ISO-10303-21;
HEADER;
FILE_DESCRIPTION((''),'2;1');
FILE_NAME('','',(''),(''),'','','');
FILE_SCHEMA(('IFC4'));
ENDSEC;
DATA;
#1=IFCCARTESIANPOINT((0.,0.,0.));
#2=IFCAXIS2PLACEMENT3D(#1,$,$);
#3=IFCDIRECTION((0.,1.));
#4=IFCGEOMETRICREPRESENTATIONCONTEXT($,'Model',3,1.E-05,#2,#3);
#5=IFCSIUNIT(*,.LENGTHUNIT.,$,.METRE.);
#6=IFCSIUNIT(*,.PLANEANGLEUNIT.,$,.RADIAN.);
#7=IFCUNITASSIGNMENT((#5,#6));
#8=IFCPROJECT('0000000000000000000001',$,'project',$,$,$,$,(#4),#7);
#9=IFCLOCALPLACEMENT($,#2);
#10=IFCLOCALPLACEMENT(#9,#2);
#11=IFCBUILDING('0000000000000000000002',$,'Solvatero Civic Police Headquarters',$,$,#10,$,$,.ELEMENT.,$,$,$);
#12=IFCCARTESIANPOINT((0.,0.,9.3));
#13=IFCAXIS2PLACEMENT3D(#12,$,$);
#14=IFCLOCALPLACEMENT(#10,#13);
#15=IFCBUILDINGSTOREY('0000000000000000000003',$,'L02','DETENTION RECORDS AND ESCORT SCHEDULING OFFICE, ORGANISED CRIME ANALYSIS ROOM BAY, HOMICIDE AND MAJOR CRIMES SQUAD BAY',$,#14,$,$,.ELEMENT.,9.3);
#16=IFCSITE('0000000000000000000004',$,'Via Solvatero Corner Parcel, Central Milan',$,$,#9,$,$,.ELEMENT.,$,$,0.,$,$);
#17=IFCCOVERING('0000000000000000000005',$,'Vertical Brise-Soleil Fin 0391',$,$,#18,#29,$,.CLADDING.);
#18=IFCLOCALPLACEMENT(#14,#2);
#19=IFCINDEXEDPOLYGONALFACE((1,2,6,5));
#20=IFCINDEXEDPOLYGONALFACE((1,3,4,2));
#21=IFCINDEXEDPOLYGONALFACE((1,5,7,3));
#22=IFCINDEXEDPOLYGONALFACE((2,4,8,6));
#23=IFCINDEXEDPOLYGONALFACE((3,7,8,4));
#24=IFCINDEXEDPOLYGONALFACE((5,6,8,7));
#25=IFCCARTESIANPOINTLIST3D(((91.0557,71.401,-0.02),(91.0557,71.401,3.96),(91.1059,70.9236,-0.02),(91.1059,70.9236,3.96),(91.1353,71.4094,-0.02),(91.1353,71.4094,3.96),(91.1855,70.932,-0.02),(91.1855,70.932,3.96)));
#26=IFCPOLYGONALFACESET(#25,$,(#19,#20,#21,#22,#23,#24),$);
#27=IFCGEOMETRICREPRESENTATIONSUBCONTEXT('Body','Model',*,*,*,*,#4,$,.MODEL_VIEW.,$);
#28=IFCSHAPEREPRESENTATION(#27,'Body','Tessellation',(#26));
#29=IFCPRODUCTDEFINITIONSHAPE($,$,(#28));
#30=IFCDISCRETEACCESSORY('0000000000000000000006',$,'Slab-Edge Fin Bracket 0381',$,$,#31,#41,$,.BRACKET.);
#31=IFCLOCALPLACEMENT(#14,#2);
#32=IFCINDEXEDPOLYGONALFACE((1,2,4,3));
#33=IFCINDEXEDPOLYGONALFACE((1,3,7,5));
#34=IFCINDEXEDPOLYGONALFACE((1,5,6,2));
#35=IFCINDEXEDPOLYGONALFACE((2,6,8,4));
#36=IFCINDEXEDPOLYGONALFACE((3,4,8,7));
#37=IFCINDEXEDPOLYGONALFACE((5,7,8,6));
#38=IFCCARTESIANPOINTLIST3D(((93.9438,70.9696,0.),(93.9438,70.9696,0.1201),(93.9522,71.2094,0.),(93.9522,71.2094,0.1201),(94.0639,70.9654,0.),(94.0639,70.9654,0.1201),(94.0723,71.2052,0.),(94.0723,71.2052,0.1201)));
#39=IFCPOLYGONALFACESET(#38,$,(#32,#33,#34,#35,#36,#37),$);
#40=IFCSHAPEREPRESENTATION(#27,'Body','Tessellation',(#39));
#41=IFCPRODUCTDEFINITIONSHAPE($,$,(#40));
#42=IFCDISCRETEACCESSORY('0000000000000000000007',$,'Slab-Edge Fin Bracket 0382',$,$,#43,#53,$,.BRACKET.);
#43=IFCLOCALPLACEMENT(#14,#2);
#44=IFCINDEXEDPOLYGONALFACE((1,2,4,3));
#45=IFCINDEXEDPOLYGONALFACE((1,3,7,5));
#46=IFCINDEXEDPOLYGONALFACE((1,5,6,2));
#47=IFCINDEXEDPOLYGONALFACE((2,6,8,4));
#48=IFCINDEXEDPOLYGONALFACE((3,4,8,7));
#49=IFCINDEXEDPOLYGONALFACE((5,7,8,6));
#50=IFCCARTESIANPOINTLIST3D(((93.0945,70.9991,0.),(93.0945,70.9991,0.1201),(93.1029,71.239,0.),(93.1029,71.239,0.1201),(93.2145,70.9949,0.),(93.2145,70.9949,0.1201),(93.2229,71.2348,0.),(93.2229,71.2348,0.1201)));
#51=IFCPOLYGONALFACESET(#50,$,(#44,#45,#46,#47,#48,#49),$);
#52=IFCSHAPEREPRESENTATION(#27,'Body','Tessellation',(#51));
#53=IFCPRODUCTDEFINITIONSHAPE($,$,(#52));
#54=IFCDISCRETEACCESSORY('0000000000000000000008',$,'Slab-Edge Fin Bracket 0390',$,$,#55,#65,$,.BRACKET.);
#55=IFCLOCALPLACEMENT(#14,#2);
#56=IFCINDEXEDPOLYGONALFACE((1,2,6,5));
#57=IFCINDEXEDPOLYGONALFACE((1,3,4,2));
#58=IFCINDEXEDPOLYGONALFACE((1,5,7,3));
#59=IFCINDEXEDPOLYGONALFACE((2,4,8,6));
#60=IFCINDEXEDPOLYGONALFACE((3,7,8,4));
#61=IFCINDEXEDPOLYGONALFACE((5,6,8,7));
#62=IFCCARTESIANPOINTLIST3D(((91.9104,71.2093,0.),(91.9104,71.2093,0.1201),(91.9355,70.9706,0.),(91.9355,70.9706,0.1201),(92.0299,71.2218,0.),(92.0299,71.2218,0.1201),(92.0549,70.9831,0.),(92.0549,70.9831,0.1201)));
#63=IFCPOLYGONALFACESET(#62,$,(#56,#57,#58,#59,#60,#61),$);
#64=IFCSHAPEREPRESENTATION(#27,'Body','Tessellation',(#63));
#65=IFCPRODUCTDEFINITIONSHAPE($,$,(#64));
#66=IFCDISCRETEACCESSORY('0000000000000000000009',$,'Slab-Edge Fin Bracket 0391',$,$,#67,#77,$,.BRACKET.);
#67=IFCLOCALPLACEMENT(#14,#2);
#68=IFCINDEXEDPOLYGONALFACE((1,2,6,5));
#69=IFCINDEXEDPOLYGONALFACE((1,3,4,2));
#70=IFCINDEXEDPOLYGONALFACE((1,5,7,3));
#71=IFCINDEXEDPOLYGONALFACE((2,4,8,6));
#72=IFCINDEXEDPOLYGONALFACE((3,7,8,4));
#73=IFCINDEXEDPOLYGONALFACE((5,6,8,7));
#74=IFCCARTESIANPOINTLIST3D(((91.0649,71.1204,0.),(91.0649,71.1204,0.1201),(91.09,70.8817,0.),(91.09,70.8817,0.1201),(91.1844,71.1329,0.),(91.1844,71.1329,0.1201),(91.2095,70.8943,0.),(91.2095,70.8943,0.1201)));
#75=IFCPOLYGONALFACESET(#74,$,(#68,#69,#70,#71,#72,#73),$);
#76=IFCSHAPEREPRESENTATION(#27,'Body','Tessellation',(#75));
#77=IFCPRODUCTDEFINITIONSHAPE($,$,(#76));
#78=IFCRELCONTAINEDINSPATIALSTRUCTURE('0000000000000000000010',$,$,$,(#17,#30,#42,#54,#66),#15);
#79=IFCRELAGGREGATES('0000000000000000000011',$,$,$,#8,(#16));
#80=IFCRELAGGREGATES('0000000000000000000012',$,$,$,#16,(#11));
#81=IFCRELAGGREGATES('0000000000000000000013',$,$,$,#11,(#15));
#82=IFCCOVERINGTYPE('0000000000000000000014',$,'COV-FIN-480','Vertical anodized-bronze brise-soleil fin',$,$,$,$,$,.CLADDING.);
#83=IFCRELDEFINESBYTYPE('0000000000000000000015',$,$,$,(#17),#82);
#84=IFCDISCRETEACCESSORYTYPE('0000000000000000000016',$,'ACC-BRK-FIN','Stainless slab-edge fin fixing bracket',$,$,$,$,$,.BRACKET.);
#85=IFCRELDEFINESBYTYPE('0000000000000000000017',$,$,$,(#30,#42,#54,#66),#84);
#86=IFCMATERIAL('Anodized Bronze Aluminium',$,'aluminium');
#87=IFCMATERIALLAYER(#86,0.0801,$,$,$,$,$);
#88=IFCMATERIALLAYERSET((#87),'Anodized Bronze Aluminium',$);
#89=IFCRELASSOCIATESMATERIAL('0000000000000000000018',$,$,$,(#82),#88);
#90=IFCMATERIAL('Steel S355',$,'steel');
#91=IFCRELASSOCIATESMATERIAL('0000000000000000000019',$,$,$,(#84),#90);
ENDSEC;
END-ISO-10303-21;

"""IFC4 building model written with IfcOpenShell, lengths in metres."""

from ifc_helpers import new_model, si_unit, direction, frame, origin, origin_2d, place, context, subcontext, project, spatial, rectangle, extrude, material, layer, layer_set, type_object, element, save


model = new_model("IFC4")

# Units and contexts
model_context = context("Model", 3, precision=1e-05, world=origin(), true_north=direction((0.0, 1.0)))
body_context = subcontext(model_context, "Body", "Model", "MODEL_VIEW")
ifc_project = project(units=[si_unit("LENGTHUNIT", "METRE"), si_unit("PLANEANGLEUNIT", "RADIAN")], contexts=[model_context])

# Site, building, storey
site_placement = place(None, origin())
site = spatial("IfcSite", under=ifc_project, at=site_placement, Name="Via Solvatero Corner Parcel, Central Milan", CompositionType="ELEMENT", RefElevation=0.0)
building_placement = place(site_placement, origin())
building = spatial("IfcBuilding", under=site, at=building_placement, Name="Solvatero Civic Police Headquarters", CompositionType="ELEMENT")
storey_placement = place(building_placement, frame((0.0, 0.0, 9.3)))
storey = spatial("IfcBuildingStorey", under=building, at=storey_placement, Name="L02", Description="DETENTION RECORDS AND ESCORT SCHEDULING OFFICE, ORGANISED CRIME ANALYSIS ROOM BAY, HOMICIDE AND MAJOR CRIMES SQUAD BAY", CompositionType="ELEMENT", Elevation=9.3)

# Shared definitions
ifc_material_1 = material(Name="Steel S355", Category="steel")

# Shared definitions
ifc_material_2 = material(Name="Anodized Bronze Aluminium", Category="aluminium")

# Covering
ifc_layer_1 = layer(ifc_material_2, 0.0801)
ifc_layer_set_1 = layer_set([ifc_layer_1], Name="Anodized Bronze Aluminium")
covering_type = type_object("IfcCoveringType", Name="COV-FIN-480", Description="Vertical anodized-bronze brise-soleil fin", PredefinedType="CLADDING", material=ifc_layer_set_1)
for number, where, z_axis, x_axis, name in (
    (1, (91.1206, 71.1665, -0.02), (0.0, 0.0, 1.0), (-0.994522, -0.104528, 0.0), "Vertical Brise-Soleil Fin 0391"),
):
    element("IfcCovering", number, at=place(storey_placement, frame(where, z_axis=z_axis, x_axis=x_axis)), inside=storey, type_object=covering_type, Name=name, PredefinedType="CLADDING", context=body_context, shape_type="SweptSolid", body=[
        extrude(rectangle(XDim=0.0801, YDim=0.48, at=origin_2d()), origin(), (0.0, 0.0, 1.0), 3.98),
    ])

# Discrete accessories
discrete_accessory_type = type_object("IfcDiscreteAccessoryType", Name="ACC-BRK-FIN", Description="Stainless slab-edge fin fixing bracket", PredefinedType="BRACKET", material=ifc_material_1)
for number, where, z_axis, x_axis, name in (
    (2, (94.0081, 71.0874, 0.0), (0.0, 0.0, 1.0), (-0.999391, 0.034899, 0.0), "Slab-Edge Fin Bracket 0381"),
    (3, (93.1587, 71.1169, 0.0), (0.0, 0.0, 1.0), (-0.999391, 0.034899, 0.0), "Slab-Edge Fin Bracket 0382"),
    (4, (91.9827, 71.0962, 0.0), (0.0, 0.0, 1.0), (-0.994522, -0.104528, 0.0), "Slab-Edge Fin Bracket 0390"),
    (5, (91.1372, 71.0073, 0.0), (0.0, 0.0, 1.0), (-0.994522, -0.104528, 0.0), "Slab-Edge Fin Bracket 0391"),
):
    element("IfcDiscreteAccessory", number, at=place(storey_placement, frame(where, z_axis=z_axis, x_axis=x_axis)), inside=storey, type_object=discrete_accessory_type, Name=name, PredefinedType="BRACKET", context=body_context, shape_type="SweptSolid", body=[
        extrude(rectangle(XDim=0.1201, YDim=0.24, at=origin_2d()), origin(), (0.0, 0.0, 1.0), 0.1201),
    ])

save(model, "model.ifc")
